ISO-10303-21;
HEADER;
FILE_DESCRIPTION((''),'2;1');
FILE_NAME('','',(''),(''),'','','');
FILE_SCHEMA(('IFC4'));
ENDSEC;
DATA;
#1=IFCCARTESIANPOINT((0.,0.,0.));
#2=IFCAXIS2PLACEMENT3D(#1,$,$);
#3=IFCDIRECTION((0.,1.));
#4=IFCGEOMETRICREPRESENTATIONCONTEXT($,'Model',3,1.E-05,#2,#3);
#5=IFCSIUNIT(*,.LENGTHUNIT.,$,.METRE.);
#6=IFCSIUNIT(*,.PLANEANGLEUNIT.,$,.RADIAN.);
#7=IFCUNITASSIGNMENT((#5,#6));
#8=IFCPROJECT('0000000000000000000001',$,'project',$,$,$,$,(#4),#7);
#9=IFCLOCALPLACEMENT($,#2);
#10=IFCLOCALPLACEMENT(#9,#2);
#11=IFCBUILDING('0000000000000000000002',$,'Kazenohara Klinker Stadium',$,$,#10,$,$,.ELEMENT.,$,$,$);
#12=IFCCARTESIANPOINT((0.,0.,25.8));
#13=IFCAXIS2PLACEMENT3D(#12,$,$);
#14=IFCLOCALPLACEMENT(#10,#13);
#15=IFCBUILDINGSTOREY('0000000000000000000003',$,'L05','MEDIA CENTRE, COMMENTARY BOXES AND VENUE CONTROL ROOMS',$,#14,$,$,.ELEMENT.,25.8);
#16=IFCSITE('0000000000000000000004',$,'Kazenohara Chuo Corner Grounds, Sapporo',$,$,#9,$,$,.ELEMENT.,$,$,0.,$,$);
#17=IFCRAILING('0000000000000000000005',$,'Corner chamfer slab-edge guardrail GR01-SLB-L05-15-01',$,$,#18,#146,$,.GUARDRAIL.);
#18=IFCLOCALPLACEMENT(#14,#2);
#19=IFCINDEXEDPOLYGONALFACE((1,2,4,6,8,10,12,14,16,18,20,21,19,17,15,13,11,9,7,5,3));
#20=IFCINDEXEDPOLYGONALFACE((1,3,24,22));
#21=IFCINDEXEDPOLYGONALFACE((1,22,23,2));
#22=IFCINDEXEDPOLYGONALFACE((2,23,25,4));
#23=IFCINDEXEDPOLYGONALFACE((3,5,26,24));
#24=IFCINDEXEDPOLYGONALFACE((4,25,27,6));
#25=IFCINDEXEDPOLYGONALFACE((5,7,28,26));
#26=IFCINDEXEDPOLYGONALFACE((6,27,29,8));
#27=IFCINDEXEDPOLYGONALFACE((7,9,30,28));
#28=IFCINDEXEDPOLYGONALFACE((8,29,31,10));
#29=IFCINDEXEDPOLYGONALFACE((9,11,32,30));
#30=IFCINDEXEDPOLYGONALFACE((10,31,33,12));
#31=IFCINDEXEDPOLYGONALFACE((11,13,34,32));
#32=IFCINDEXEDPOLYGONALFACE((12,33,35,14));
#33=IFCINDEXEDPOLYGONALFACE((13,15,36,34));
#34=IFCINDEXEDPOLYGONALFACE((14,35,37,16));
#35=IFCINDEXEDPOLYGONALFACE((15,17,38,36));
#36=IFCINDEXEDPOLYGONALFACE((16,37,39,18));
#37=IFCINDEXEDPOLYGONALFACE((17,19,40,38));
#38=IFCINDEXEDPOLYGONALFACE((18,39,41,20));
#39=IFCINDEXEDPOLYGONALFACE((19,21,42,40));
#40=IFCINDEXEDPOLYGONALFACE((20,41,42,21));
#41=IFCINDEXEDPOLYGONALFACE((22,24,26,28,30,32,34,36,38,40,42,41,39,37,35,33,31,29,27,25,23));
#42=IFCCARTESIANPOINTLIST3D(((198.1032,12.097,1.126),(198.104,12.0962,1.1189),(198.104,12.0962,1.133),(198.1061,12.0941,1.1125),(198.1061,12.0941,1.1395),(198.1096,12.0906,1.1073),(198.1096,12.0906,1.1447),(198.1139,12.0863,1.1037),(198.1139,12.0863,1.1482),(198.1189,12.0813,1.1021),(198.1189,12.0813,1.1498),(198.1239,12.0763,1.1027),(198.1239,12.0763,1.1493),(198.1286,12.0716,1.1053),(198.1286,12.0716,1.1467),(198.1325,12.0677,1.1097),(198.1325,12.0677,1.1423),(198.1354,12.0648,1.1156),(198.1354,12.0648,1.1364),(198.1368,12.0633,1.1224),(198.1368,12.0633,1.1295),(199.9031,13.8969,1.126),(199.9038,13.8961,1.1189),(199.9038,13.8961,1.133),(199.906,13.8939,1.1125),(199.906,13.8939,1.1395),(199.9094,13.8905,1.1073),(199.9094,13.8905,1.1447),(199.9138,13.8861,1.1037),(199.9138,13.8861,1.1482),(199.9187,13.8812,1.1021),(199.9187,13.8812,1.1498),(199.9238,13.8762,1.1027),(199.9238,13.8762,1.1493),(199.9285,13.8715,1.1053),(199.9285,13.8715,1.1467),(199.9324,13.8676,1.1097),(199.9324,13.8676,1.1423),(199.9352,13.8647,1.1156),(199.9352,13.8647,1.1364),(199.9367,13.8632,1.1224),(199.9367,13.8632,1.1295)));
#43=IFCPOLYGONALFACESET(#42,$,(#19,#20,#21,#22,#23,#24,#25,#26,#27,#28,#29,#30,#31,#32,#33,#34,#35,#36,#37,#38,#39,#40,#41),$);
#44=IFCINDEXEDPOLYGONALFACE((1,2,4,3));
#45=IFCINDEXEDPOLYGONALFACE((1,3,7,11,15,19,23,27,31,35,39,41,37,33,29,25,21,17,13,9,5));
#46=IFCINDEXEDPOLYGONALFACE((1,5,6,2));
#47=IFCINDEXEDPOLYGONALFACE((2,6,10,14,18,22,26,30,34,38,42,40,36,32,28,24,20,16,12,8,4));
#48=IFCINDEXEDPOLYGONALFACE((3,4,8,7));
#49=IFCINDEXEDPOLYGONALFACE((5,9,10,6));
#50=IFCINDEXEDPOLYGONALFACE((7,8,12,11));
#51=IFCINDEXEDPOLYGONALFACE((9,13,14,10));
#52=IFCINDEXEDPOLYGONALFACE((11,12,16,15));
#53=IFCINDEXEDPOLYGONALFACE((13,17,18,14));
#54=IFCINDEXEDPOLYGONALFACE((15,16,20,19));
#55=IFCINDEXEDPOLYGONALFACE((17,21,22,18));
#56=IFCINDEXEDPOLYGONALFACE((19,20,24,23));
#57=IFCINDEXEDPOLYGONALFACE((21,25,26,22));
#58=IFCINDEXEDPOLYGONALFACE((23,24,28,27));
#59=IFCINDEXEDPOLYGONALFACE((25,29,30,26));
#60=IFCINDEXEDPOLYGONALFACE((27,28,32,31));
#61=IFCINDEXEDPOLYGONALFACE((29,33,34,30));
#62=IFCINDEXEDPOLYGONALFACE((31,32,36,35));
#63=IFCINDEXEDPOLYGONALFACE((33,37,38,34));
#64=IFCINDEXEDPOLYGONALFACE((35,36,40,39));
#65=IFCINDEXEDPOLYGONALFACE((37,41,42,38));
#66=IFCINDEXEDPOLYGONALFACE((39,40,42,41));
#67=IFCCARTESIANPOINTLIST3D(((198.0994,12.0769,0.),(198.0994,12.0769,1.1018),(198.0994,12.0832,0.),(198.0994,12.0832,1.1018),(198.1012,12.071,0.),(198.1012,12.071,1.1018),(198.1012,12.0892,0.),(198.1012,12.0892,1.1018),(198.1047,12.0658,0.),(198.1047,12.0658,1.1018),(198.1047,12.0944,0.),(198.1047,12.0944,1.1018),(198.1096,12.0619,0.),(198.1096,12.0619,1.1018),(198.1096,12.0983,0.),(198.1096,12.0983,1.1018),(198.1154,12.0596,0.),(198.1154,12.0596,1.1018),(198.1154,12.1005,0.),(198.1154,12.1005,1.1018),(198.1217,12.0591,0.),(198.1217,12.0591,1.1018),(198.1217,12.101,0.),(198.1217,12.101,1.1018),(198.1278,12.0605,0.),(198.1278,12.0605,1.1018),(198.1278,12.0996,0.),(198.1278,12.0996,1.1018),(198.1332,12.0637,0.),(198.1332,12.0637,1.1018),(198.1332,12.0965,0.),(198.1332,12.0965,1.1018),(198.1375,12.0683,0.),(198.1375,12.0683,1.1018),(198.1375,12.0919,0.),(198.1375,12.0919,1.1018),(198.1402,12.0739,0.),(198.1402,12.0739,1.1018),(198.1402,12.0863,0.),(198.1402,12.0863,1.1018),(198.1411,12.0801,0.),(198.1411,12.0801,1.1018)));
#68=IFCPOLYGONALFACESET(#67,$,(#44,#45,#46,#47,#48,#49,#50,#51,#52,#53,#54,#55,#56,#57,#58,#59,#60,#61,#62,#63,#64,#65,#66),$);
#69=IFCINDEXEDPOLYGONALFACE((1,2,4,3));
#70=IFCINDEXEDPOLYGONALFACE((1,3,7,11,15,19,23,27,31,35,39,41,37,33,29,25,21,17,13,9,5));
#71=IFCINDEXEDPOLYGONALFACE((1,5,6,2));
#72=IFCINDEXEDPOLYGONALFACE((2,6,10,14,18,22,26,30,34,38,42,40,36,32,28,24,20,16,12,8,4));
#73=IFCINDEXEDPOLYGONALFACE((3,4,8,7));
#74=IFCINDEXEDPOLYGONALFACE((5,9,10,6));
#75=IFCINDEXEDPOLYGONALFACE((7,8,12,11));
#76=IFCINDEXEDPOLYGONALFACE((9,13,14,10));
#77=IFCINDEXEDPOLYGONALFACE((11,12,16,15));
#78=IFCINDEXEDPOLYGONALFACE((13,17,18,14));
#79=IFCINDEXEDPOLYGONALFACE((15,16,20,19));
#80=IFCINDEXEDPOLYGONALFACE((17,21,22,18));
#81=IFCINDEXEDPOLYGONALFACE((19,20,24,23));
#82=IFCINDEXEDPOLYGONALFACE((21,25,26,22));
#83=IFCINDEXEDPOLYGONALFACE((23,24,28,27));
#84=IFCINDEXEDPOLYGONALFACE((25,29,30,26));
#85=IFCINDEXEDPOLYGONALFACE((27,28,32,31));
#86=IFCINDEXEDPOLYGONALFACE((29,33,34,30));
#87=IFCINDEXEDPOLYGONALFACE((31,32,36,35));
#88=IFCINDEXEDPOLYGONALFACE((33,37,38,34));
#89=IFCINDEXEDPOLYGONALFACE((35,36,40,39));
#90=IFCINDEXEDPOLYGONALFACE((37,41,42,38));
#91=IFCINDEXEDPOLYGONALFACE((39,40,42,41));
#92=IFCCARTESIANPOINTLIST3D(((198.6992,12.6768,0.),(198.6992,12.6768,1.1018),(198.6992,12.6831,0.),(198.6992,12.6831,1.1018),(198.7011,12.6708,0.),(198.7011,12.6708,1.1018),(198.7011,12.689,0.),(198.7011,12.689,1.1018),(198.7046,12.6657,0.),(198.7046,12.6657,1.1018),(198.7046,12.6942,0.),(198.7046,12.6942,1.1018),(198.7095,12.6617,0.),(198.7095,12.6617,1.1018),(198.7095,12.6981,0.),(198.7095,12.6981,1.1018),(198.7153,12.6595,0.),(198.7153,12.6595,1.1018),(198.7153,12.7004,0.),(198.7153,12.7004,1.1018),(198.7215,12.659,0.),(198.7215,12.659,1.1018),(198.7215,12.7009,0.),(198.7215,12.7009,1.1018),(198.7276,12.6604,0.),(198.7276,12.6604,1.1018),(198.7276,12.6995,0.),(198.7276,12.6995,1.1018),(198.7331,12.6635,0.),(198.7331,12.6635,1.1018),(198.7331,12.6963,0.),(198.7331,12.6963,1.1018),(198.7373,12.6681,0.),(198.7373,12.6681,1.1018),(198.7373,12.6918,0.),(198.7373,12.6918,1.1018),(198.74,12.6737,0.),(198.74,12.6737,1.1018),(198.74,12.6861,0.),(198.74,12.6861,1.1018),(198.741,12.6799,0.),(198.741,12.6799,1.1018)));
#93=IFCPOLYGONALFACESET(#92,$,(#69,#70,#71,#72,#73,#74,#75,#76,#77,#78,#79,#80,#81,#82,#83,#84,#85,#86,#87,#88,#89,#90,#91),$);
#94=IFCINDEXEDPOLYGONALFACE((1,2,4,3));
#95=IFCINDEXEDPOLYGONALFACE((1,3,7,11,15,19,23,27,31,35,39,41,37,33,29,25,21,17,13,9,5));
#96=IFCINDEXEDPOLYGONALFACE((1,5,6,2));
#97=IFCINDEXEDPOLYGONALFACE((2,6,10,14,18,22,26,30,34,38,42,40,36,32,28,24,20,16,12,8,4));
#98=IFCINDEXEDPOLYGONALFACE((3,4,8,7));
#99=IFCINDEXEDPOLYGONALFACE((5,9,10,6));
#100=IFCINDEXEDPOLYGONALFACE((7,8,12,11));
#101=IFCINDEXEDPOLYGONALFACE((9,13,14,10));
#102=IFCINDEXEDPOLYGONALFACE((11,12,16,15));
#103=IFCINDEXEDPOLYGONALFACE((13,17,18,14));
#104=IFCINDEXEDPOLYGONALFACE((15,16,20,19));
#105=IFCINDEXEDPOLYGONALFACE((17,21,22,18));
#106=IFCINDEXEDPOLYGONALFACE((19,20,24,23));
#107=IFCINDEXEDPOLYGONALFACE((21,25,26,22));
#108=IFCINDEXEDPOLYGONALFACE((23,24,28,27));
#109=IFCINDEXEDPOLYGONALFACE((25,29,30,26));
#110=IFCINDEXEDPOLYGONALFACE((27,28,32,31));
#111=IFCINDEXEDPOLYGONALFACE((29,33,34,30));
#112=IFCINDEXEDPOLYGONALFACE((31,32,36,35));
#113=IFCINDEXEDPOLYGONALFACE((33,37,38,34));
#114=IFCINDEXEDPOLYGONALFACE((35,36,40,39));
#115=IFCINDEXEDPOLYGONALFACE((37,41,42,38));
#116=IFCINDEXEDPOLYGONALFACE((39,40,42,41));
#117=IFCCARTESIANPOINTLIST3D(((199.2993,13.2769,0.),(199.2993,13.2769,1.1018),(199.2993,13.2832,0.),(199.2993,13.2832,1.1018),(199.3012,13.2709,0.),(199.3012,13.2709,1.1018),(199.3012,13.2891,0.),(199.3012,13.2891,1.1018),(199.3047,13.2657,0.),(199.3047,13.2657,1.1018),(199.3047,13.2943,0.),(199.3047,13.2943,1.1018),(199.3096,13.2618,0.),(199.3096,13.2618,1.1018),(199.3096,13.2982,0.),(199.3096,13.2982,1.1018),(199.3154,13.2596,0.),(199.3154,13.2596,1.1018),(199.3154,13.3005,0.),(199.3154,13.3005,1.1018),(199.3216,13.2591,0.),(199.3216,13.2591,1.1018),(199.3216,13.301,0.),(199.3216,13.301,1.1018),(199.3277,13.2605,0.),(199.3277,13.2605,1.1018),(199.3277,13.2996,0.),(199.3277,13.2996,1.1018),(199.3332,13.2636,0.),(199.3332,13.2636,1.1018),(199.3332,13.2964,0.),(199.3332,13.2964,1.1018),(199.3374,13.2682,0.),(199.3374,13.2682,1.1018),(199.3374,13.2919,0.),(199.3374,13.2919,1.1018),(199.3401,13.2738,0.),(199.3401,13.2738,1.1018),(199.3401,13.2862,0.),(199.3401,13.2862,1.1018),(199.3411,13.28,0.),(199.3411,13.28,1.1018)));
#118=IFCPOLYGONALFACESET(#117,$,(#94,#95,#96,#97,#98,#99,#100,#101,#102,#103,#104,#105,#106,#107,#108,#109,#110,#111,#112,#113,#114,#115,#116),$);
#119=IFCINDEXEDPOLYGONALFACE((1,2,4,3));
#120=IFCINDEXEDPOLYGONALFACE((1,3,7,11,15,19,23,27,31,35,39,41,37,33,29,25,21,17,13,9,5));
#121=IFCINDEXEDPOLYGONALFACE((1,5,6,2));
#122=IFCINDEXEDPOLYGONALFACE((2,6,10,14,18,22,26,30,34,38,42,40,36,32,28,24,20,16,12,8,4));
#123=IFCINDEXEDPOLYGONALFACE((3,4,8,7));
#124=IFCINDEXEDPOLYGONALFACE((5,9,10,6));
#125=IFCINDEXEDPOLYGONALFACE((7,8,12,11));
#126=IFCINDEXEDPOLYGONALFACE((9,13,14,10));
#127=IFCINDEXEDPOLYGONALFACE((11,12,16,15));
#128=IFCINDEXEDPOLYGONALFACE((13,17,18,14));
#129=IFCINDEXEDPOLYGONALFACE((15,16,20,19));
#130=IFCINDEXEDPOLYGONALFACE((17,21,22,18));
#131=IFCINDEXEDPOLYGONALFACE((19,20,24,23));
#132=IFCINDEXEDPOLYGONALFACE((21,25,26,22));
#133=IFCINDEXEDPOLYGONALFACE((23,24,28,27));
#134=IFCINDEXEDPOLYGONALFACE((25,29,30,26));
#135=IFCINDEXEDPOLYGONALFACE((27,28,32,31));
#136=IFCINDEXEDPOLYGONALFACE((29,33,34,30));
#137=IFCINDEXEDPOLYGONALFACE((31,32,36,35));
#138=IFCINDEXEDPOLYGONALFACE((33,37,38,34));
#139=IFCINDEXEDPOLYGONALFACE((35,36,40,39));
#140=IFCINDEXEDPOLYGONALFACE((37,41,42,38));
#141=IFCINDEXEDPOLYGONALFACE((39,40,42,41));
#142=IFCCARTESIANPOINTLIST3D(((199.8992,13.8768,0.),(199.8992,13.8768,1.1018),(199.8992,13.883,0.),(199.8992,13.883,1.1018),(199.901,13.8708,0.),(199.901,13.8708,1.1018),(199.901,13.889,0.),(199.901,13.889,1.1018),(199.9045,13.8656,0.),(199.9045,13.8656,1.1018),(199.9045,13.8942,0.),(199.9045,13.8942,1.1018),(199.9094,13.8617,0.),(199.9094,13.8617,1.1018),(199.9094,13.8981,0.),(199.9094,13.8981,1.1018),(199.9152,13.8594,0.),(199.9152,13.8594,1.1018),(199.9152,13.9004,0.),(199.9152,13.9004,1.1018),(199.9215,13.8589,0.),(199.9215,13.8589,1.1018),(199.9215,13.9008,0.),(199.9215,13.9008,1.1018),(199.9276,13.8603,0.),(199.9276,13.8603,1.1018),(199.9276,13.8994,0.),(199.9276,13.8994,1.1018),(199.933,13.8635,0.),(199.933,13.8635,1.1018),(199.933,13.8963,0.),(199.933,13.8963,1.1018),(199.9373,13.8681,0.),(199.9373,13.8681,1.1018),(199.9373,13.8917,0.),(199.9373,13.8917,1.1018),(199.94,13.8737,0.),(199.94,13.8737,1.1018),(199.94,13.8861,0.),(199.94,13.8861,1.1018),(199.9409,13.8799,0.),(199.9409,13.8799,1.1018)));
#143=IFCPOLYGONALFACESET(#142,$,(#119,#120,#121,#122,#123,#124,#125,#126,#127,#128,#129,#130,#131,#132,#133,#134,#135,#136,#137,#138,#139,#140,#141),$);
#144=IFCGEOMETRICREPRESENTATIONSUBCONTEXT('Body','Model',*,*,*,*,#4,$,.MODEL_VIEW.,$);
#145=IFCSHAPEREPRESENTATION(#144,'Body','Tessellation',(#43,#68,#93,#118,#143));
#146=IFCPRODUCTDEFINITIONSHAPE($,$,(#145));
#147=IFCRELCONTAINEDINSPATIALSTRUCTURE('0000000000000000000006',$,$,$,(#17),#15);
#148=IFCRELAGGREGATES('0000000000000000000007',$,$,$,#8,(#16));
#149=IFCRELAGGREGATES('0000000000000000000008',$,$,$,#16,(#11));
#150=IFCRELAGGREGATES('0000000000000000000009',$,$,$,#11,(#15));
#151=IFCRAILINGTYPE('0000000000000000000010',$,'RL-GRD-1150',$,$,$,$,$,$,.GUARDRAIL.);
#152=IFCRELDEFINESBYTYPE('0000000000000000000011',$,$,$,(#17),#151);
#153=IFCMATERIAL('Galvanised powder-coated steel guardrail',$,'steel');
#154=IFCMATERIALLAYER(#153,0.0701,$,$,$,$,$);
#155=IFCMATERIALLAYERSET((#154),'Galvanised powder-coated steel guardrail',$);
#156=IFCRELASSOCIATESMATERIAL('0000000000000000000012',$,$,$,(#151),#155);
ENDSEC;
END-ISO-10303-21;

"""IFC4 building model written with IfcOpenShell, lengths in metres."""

from ifc_helpers import new_model, si_unit, direction, frame, origin, origin_2d, place, context, subcontext, project, spatial, circle, extrude, material, layer, layer_set, type_object, element, save


model = new_model("IFC4")

# Units and contexts
model_context = context("Model", 3, precision=1e-05, world=origin(), true_north=direction((0.0, 1.0)))
body_context = subcontext(model_context, "Body", "Model", "MODEL_VIEW")
ifc_project = project(units=[si_unit("LENGTHUNIT", "METRE"), si_unit("PLANEANGLEUNIT", "RADIAN")], contexts=[model_context])

# Site, building, storey
site_placement = place(None, origin())
site = spatial("IfcSite", under=ifc_project, at=site_placement, Name="Kazenohara Chuo Corner Grounds, Sapporo", CompositionType="ELEMENT", RefElevation=0.0)
building_placement = place(site_placement, origin())
building = spatial("IfcBuilding", under=site, at=building_placement, Name="Kazenohara Klinker Stadium", CompositionType="ELEMENT")
storey_placement = place(building_placement, frame((0.0, 0.0, 25.8)))
storey = spatial("IfcBuildingStorey", under=building, at=storey_placement, Name="L05", Description="MEDIA CENTRE, COMMENTARY BOXES AND VENUE CONTROL ROOMS", CompositionType="ELEMENT", Elevation=25.8)

# Railing
ifc_material_1 = material(Name="Galvanised powder-coated steel guardrail", Category="steel")
ifc_layer_1 = layer(ifc_material_1, 0.0701)
ifc_layer_set_1 = layer_set([ifc_layer_1], Name="Galvanised powder-coated steel guardrail")
railing_type = type_object("IfcRailingType", Name="RL-GRD-1150", PredefinedType="GUARDRAIL", material=ifc_layer_set_1)
railing_placement = place(storey_placement, frame((198.1201, 12.0801, 0.0)))
element("IfcRailing", 1, at=railing_placement, inside=storey, type_object=railing_type, Name="Corner chamfer slab-edge guardrail GR01-SLB-L05-15-01", PredefinedType="GUARDRAIL", context=body_context, shape_type="SweptSolid", body=[
    extrude(circle(Radius=0.0239, at=origin_2d()), frame((0.0, 0.0, 1.126), z_axis=(0.707107, 0.707107, 0.0), x_axis=(-0.707107, 0.707107, 0.0)), (0.0, 0.0, 1.0), 2.5454),
    extrude(circle(Radius=0.021, at=origin_2d()), origin(), (0.0, 0.0, 1.0), 1.1018),
    extrude(circle(Radius=0.021, at=origin_2d()), frame((0.5999, 0.5999, 0.0)), (0.0, 0.0, 1.0), 1.1018),
    extrude(circle(Radius=0.021, at=origin_2d()), frame((1.2, 1.2, 0.0)), (0.0, 0.0, 1.0), 1.1018),
    extrude(circle(Radius=0.021, at=origin_2d()), frame((1.7998, 1.7998, 0.0)), (0.0, 0.0, 1.0), 1.1018),
])

save(model, "model.ifc")
